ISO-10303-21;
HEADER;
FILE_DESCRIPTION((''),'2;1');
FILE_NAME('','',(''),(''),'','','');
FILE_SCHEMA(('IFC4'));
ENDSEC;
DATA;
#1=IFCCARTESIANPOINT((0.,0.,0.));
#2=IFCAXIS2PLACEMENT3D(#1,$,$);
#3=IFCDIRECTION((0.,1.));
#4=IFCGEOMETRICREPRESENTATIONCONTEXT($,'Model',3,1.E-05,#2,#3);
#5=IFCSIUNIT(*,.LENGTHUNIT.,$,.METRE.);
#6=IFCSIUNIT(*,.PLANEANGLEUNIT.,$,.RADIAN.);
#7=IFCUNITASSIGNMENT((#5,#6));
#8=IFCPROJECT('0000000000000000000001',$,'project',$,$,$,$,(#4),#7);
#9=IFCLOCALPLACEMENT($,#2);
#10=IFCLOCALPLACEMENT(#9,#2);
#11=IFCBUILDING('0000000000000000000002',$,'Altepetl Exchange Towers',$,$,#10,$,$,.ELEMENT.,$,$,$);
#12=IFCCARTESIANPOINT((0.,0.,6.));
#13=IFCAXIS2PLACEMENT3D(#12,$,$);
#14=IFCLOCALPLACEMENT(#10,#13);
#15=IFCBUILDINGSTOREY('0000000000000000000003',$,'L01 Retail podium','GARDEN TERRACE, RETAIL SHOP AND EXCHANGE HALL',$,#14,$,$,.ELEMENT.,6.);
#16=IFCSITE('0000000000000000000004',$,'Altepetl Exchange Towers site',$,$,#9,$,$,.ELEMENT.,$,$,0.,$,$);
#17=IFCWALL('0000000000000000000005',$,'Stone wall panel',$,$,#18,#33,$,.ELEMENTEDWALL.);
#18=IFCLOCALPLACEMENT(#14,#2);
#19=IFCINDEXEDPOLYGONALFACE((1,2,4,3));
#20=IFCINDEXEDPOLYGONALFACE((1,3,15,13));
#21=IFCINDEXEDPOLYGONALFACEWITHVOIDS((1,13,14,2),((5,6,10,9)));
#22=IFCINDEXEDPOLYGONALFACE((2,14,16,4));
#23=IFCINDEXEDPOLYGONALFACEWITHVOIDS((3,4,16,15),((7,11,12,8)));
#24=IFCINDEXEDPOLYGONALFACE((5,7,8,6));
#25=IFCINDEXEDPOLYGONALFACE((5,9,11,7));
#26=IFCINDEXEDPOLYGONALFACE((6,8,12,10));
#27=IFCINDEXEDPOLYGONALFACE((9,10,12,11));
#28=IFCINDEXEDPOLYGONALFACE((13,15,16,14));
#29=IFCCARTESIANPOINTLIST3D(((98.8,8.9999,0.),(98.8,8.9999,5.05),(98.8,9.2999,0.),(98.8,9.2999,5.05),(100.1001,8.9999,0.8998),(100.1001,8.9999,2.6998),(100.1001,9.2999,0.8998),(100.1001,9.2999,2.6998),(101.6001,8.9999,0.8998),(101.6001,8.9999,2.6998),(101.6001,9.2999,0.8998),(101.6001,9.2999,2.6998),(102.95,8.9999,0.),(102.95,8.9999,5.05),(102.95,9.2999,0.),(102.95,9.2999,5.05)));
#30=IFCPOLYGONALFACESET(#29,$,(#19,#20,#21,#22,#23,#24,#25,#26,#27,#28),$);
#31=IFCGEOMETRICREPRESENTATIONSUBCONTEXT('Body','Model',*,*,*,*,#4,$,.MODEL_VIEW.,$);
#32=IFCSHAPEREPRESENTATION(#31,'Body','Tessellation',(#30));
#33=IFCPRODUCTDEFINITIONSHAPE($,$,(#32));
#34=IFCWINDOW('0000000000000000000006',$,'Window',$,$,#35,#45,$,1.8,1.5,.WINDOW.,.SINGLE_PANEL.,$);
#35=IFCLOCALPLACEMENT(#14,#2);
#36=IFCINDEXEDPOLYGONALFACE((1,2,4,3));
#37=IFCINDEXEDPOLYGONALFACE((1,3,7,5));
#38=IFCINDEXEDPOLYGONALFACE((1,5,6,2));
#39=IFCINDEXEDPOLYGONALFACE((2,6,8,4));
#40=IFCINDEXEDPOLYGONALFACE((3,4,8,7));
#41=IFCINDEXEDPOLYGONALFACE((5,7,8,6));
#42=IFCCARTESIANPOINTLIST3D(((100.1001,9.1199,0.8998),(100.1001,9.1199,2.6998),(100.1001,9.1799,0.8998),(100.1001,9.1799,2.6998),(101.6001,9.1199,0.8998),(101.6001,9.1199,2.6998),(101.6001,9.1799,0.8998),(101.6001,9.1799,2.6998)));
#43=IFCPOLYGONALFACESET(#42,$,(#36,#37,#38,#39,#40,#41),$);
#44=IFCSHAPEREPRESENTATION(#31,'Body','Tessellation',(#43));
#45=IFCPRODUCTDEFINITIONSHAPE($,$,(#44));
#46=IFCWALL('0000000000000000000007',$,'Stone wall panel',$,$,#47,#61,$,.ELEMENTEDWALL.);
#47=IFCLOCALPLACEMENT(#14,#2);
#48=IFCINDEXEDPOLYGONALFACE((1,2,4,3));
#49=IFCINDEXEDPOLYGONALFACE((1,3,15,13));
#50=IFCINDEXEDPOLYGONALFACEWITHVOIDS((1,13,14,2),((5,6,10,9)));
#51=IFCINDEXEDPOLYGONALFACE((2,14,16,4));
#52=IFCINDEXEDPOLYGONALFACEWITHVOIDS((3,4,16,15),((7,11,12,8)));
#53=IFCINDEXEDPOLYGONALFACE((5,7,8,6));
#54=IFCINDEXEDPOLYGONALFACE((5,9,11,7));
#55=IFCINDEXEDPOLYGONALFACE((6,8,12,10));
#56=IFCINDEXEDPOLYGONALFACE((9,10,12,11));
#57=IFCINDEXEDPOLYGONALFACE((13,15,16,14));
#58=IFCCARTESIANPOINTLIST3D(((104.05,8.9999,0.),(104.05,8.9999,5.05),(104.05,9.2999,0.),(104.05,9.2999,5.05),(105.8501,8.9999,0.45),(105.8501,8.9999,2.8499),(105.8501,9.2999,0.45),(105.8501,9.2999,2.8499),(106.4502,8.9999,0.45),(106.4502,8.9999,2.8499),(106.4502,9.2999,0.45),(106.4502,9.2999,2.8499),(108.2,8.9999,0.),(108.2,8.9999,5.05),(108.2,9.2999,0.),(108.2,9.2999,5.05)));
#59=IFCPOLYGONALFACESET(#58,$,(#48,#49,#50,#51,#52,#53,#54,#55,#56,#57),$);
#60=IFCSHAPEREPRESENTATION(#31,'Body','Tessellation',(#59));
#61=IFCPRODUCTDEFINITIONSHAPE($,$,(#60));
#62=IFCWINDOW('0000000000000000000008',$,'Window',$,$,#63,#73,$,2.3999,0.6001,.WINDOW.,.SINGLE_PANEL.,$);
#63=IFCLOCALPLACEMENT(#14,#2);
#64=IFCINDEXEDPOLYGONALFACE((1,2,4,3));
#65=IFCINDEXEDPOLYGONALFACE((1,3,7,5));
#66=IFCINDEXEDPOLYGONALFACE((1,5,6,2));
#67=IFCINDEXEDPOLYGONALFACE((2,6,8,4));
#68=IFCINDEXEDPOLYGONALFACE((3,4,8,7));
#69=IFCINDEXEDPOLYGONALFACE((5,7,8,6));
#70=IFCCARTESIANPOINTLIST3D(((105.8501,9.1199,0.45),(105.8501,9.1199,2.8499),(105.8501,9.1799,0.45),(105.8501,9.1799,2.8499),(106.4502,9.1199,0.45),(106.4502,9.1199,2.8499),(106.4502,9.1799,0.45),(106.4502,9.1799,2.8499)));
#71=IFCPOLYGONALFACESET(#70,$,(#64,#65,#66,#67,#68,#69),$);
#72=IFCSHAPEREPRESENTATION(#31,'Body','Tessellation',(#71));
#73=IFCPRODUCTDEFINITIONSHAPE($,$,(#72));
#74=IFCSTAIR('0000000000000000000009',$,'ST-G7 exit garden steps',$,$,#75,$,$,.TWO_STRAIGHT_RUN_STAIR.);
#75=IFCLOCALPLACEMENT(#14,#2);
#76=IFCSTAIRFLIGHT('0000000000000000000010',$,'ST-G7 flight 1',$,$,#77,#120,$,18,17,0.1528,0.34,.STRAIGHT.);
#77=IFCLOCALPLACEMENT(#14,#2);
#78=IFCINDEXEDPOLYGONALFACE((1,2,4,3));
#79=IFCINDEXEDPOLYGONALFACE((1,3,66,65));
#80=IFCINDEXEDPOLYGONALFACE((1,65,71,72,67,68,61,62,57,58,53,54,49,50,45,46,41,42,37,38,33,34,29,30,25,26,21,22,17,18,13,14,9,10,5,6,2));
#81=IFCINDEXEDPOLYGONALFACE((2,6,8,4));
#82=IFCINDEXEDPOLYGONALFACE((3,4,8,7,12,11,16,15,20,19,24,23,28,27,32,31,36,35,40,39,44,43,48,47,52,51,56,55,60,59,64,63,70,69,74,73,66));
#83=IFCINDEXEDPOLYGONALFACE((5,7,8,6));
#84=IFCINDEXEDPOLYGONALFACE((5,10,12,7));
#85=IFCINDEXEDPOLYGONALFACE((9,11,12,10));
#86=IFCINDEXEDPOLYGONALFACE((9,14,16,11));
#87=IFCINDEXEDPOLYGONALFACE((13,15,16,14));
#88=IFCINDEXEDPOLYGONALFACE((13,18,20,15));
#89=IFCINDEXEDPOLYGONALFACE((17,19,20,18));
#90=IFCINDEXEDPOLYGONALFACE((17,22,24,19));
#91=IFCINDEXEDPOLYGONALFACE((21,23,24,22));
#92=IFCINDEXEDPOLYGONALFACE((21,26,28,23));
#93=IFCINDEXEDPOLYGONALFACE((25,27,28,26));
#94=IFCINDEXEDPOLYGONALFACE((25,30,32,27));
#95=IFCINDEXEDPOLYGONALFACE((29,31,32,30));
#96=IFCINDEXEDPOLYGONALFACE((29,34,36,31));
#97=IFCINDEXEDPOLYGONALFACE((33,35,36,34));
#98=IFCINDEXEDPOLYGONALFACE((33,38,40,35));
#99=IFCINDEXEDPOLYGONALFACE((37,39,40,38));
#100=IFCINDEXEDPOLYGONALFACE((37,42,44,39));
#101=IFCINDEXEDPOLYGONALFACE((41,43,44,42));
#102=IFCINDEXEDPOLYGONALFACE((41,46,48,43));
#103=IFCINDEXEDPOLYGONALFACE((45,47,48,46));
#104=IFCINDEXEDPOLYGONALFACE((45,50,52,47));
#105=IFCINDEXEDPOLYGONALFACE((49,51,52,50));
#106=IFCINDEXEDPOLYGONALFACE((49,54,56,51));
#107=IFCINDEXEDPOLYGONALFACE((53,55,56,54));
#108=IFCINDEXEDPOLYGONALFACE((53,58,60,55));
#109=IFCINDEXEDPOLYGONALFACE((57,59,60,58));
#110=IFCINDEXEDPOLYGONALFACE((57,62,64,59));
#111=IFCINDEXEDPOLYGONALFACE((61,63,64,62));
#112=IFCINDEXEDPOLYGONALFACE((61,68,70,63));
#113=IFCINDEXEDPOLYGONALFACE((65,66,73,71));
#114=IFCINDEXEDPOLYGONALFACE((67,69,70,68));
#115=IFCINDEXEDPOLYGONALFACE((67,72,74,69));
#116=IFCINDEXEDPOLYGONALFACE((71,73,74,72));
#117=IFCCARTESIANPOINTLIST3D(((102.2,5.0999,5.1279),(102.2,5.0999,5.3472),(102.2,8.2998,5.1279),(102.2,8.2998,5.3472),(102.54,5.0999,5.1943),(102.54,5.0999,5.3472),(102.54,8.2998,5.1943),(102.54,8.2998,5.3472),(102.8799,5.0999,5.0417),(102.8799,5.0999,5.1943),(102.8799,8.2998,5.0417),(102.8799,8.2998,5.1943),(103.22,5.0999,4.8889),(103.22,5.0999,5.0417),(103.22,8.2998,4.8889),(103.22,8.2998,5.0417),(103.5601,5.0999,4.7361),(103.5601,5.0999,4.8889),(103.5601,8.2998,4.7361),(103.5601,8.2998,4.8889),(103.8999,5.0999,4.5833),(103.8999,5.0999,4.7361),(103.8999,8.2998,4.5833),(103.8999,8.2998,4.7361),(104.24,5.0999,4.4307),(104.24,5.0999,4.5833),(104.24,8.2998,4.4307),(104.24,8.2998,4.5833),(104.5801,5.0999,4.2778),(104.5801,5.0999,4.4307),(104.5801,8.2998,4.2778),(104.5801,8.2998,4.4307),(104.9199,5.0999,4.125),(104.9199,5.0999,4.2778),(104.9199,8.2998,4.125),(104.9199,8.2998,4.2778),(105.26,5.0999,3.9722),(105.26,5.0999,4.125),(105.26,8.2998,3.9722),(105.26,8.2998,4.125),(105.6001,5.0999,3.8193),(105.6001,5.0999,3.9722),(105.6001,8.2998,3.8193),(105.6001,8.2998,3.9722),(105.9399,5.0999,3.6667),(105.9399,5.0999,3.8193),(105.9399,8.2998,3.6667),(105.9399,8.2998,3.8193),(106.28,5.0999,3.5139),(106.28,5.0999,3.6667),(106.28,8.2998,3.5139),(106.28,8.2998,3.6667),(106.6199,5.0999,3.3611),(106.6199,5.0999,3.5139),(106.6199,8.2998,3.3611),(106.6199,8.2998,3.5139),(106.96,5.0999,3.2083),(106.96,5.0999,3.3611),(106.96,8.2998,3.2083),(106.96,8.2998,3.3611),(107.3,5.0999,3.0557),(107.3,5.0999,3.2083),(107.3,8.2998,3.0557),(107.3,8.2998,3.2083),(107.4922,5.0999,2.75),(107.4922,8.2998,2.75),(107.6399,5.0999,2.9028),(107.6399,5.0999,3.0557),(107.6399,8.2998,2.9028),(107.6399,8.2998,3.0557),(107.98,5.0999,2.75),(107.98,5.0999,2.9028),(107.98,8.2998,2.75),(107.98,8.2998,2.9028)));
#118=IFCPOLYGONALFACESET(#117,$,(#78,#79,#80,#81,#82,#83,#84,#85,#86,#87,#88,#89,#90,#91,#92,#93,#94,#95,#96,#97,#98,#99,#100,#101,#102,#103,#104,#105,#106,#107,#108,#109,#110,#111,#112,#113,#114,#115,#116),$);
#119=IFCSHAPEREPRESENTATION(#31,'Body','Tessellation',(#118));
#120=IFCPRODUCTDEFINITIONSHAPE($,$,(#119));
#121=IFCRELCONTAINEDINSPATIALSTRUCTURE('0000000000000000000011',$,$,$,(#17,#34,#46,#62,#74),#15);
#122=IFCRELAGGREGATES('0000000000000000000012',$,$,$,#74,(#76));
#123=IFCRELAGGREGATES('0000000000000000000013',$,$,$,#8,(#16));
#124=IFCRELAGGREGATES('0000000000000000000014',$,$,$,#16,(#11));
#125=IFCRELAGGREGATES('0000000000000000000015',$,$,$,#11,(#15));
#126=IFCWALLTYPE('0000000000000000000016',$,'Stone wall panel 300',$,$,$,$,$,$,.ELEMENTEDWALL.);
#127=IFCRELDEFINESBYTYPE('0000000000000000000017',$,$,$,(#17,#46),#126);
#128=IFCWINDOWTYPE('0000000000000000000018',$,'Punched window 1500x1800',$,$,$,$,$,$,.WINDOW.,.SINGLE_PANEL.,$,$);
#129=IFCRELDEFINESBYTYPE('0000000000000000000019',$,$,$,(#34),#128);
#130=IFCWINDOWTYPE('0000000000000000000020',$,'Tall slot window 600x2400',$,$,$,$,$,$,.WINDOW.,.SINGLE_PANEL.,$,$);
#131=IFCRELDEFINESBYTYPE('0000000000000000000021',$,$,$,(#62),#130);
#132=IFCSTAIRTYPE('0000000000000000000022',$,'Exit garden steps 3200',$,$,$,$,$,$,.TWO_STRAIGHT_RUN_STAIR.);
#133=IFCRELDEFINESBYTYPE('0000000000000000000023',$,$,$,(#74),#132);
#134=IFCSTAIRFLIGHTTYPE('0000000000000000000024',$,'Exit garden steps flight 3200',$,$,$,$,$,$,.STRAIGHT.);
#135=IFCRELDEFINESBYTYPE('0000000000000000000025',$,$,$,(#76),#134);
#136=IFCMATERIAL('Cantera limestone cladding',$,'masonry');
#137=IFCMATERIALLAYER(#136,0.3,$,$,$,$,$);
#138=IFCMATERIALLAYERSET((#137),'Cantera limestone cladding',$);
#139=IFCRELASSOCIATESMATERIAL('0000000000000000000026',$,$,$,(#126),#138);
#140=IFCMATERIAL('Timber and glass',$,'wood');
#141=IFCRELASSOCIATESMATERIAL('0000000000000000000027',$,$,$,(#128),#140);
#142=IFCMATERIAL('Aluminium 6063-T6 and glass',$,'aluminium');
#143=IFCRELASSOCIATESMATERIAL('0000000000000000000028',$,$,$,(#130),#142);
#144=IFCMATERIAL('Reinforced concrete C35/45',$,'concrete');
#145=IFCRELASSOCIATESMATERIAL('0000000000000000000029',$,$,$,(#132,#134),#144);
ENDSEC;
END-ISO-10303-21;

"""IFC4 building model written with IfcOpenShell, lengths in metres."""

from ifc_helpers import new_model, si_unit, direction, frame, frame_2d, origin, place, context, subcontext, project, spatial, polyline, rectangle, outline, extrude, material, layer, layer_set, type_object, element, fill, aggregate, save


model = new_model("IFC4")

# Units and contexts
model_context = context("Model", 3, precision=1e-05, world=origin(), true_north=direction((0.0, 1.0)))
body_context = subcontext(model_context, "Body", "Model", "MODEL_VIEW")
ifc_project = project(units=[si_unit("LENGTHUNIT", "METRE"), si_unit("PLANEANGLEUNIT", "RADIAN")], contexts=[model_context])

# Site, building, storey
site_placement = place(None, origin())
site = spatial("IfcSite", under=ifc_project, at=site_placement, Name="Altepetl Exchange Towers site", CompositionType="ELEMENT", RefElevation=0.0)
building_placement = place(site_placement, origin())
building = spatial("IfcBuilding", under=site, at=building_placement, Name="Altepetl Exchange Towers", CompositionType="ELEMENT")
storey_placement = place(building_placement, frame((0.0, 0.0, 6.0)))
storey = spatial("IfcBuildingStorey", under=building, at=storey_placement, Name="L01 Retail podium", Description="GARDEN TERRACE, RETAIL SHOP AND EXCHANGE HALL", CompositionType="ELEMENT", Elevation=6.0)

# Shared definitions
ifc_material_1 = material(Name="Reinforced concrete C35/45", Category="concrete")

# Walls, openings, windows
ifc_material_2 = material(Name="Cantera limestone cladding", Category="masonry")
ifc_layer_1 = layer(ifc_material_2, 0.3)
ifc_layer_set_1 = layer_set([ifc_layer_1], Name="Cantera limestone cladding")
wall_type_1 = type_object("IfcWallType", Name="Stone wall panel 300", PredefinedType="ELEMENTEDWALL", material=ifc_layer_set_1)
wall_1_placement = place(storey_placement, frame((98.8, 9.1499, 0.0)))
wall_1 = element("IfcWall", 1, at=wall_1_placement, inside=storey, type_object=wall_type_1, Name="Stone wall panel", PredefinedType="ELEMENTEDWALL", context=body_context, shape_type="SweptSolid", body=[
    extrude(rectangle(XDim=4.1499, YDim=0.3, at=frame_2d((2.075, 0.0))), origin(), (0.0, 0.0, 1.0), 5.05),
])
opening_1_placement = place(wall_1_placement, frame((1.3, 0.0, 0.8999)))
opening_1 = element("IfcOpeningElement", 2, at=opening_1_placement, cuts=wall_1, PredefinedType="OPENING", context=body_context, shape_type="SweptSolid", body=[
    extrude(rectangle(XDim=1.5, YDim=1.8, at=frame_2d((0.75, 0.8999))), frame((0.0, 0.1602, 0.0), z_axis=(0.0, -1.0, 0.0), x_axis=(1.0, 0.0, 0.0)), (0.0, 0.0, 1.0), 0.3201),
])
ifc_material_3 = material(Name="Timber and glass", Category="wood")
window_type_1 = type_object("IfcWindowType", Name="Punched window 1500x1800", PartitioningType="SINGLE_PANEL", PredefinedType="WINDOW", material=ifc_material_3)
window_1_placement = place(opening_1_placement, origin())
window_1 = element("IfcWindow", 3, at=window_1_placement, inside=storey, type_object=window_type_1, Name="Window", OverallHeight=1.8, OverallWidth=1.5, PartitioningType="SINGLE_PANEL", PredefinedType="WINDOW", context=body_context, shape_type="SweptSolid", body=[
    extrude(rectangle(XDim=1.5, YDim=1.8, at=frame_2d((0.75, 0.8999))), frame((0.0, 0.03, 0.0), z_axis=(0.0, -1.0, 0.0), x_axis=(1.0, 0.0, 0.0)), (0.0, 0.0, 1.0), 0.0601),
])
fill(opening_1, window_1)
wall_2_placement = place(storey_placement, frame((104.05, 9.1499, 0.0)))
wall_2 = element("IfcWall", 4, at=wall_2_placement, inside=storey, type_object=wall_type_1, Name="Stone wall panel", PredefinedType="ELEMENTEDWALL", context=body_context, shape_type="SweptSolid", body=[
    extrude(rectangle(XDim=4.1499, YDim=0.3, at=frame_2d((2.075, 0.0))), origin(), (0.0, 0.0, 1.0), 5.05),
])
opening_2_placement = place(wall_2_placement, frame((1.8, 0.0, 0.45)))
opening_2 = element("IfcOpeningElement", 5, at=opening_2_placement, cuts=wall_2, PredefinedType="OPENING", context=body_context, shape_type="SweptSolid", body=[
    extrude(rectangle(XDim=0.6001, YDim=2.3999, at=frame_2d((0.3, 1.2))), frame((0.0, 0.1602, 0.0), z_axis=(0.0, -1.0, 0.0), x_axis=(1.0, 0.0, 0.0)), (0.0, 0.0, 1.0), 0.3201),
])
ifc_material_4 = material(Name="Aluminium 6063-T6 and glass", Category="aluminium")
window_type_2 = type_object("IfcWindowType", Name="Tall slot window 600x2400", PartitioningType="SINGLE_PANEL", PredefinedType="WINDOW", material=ifc_material_4)
window_2_placement = place(opening_2_placement, origin())
window_2 = element("IfcWindow", 6, at=window_2_placement, inside=storey, type_object=window_type_2, Name="Window", OverallHeight=2.3999, OverallWidth=0.6001, PartitioningType="SINGLE_PANEL", PredefinedType="WINDOW", context=body_context, shape_type="SweptSolid", body=[
    extrude(rectangle(XDim=0.6001, YDim=2.3999, at=frame_2d((0.3, 1.2))), frame((0.0, 0.03, 0.0), z_axis=(0.0, -1.0, 0.0), x_axis=(1.0, 0.0, 0.0)), (0.0, 0.0, 1.0), 0.0601),
])
fill(opening_2, window_2)

# Stair, stair flight
stair_type = type_object("IfcStairType", Name="Exit garden steps 3200", PredefinedType="TWO_STRAIGHT_RUN_STAIR", material=ifc_material_1)
stair_placement = place(storey_placement, origin())
stair = element("IfcStair", 7, at=stair_placement, inside=storey, type_object=stair_type, Name="ST-G7 exit garden steps", PredefinedType="TWO_STRAIGHT_RUN_STAIR")
stair_flight_type = type_object("IfcStairFlightType", Name="Exit garden steps flight 3200", PredefinedType="STRAIGHT", material=ifc_material_1)
stair_flight_placement = place(storey_placement, frame((107.98, 6.7, 2.75), z_axis=(0.0, 0.0, 1.0), x_axis=(-1.0, 0.0, 0.0)))
stair_flight = element("IfcStairFlight", 8, at=stair_flight_placement, type_object=stair_flight_type, Name="ST-G7 flight 1", NumberOfRisers=18, NumberOfTreads=17, PredefinedType="STRAIGHT", RiserHeight=0.1528, TreadLength=0.34, context=body_context, shape_type="SweptSolid", body=[
    extrude(outline(polyline([(0.0, 0.0), (0.0, 0.1528), (0.3401, 0.1528), (0.3401, 0.3057), (0.6799, 0.3057), (0.6799, 0.4583), (1.02, 0.4583), (1.02, 0.6111), (1.3601, 0.6111), (1.3601, 0.7639), (1.7, 0.7639), (1.7, 0.9167), (2.04, 0.9167), (2.04, 1.0693), (2.3799, 1.0693), (2.3799, 1.2222), (2.72, 1.2222), (2.72, 1.375), (3.0601, 1.375), (3.0601, 1.5278), (3.3999, 1.5278), (3.3999, 1.6807), (3.74, 1.6807), (3.74, 1.8333), (4.0801, 1.8333), (4.0801, 1.9861), (4.4199, 1.9861), (4.4199, 2.1389), (4.76, 2.1389), (4.76, 2.2917), (5.1001, 2.2917), (5.1001, 2.4443), (5.4399, 2.4443), (5.4399, 2.5972), (5.78, 2.5972), (5.78, 2.75), (5.78, 2.3779), (0.4878, 0.0), (0.0, 0.0)])), frame((0.0, 1.6001, 0.0), z_axis=(0.0, -1.0, 0.0), x_axis=(1.0, 0.0, 0.0)), (0.0, 0.0, 1.0), 3.2),
])
aggregate(stair, [stair_flight])

save(model, "model.ifc")
